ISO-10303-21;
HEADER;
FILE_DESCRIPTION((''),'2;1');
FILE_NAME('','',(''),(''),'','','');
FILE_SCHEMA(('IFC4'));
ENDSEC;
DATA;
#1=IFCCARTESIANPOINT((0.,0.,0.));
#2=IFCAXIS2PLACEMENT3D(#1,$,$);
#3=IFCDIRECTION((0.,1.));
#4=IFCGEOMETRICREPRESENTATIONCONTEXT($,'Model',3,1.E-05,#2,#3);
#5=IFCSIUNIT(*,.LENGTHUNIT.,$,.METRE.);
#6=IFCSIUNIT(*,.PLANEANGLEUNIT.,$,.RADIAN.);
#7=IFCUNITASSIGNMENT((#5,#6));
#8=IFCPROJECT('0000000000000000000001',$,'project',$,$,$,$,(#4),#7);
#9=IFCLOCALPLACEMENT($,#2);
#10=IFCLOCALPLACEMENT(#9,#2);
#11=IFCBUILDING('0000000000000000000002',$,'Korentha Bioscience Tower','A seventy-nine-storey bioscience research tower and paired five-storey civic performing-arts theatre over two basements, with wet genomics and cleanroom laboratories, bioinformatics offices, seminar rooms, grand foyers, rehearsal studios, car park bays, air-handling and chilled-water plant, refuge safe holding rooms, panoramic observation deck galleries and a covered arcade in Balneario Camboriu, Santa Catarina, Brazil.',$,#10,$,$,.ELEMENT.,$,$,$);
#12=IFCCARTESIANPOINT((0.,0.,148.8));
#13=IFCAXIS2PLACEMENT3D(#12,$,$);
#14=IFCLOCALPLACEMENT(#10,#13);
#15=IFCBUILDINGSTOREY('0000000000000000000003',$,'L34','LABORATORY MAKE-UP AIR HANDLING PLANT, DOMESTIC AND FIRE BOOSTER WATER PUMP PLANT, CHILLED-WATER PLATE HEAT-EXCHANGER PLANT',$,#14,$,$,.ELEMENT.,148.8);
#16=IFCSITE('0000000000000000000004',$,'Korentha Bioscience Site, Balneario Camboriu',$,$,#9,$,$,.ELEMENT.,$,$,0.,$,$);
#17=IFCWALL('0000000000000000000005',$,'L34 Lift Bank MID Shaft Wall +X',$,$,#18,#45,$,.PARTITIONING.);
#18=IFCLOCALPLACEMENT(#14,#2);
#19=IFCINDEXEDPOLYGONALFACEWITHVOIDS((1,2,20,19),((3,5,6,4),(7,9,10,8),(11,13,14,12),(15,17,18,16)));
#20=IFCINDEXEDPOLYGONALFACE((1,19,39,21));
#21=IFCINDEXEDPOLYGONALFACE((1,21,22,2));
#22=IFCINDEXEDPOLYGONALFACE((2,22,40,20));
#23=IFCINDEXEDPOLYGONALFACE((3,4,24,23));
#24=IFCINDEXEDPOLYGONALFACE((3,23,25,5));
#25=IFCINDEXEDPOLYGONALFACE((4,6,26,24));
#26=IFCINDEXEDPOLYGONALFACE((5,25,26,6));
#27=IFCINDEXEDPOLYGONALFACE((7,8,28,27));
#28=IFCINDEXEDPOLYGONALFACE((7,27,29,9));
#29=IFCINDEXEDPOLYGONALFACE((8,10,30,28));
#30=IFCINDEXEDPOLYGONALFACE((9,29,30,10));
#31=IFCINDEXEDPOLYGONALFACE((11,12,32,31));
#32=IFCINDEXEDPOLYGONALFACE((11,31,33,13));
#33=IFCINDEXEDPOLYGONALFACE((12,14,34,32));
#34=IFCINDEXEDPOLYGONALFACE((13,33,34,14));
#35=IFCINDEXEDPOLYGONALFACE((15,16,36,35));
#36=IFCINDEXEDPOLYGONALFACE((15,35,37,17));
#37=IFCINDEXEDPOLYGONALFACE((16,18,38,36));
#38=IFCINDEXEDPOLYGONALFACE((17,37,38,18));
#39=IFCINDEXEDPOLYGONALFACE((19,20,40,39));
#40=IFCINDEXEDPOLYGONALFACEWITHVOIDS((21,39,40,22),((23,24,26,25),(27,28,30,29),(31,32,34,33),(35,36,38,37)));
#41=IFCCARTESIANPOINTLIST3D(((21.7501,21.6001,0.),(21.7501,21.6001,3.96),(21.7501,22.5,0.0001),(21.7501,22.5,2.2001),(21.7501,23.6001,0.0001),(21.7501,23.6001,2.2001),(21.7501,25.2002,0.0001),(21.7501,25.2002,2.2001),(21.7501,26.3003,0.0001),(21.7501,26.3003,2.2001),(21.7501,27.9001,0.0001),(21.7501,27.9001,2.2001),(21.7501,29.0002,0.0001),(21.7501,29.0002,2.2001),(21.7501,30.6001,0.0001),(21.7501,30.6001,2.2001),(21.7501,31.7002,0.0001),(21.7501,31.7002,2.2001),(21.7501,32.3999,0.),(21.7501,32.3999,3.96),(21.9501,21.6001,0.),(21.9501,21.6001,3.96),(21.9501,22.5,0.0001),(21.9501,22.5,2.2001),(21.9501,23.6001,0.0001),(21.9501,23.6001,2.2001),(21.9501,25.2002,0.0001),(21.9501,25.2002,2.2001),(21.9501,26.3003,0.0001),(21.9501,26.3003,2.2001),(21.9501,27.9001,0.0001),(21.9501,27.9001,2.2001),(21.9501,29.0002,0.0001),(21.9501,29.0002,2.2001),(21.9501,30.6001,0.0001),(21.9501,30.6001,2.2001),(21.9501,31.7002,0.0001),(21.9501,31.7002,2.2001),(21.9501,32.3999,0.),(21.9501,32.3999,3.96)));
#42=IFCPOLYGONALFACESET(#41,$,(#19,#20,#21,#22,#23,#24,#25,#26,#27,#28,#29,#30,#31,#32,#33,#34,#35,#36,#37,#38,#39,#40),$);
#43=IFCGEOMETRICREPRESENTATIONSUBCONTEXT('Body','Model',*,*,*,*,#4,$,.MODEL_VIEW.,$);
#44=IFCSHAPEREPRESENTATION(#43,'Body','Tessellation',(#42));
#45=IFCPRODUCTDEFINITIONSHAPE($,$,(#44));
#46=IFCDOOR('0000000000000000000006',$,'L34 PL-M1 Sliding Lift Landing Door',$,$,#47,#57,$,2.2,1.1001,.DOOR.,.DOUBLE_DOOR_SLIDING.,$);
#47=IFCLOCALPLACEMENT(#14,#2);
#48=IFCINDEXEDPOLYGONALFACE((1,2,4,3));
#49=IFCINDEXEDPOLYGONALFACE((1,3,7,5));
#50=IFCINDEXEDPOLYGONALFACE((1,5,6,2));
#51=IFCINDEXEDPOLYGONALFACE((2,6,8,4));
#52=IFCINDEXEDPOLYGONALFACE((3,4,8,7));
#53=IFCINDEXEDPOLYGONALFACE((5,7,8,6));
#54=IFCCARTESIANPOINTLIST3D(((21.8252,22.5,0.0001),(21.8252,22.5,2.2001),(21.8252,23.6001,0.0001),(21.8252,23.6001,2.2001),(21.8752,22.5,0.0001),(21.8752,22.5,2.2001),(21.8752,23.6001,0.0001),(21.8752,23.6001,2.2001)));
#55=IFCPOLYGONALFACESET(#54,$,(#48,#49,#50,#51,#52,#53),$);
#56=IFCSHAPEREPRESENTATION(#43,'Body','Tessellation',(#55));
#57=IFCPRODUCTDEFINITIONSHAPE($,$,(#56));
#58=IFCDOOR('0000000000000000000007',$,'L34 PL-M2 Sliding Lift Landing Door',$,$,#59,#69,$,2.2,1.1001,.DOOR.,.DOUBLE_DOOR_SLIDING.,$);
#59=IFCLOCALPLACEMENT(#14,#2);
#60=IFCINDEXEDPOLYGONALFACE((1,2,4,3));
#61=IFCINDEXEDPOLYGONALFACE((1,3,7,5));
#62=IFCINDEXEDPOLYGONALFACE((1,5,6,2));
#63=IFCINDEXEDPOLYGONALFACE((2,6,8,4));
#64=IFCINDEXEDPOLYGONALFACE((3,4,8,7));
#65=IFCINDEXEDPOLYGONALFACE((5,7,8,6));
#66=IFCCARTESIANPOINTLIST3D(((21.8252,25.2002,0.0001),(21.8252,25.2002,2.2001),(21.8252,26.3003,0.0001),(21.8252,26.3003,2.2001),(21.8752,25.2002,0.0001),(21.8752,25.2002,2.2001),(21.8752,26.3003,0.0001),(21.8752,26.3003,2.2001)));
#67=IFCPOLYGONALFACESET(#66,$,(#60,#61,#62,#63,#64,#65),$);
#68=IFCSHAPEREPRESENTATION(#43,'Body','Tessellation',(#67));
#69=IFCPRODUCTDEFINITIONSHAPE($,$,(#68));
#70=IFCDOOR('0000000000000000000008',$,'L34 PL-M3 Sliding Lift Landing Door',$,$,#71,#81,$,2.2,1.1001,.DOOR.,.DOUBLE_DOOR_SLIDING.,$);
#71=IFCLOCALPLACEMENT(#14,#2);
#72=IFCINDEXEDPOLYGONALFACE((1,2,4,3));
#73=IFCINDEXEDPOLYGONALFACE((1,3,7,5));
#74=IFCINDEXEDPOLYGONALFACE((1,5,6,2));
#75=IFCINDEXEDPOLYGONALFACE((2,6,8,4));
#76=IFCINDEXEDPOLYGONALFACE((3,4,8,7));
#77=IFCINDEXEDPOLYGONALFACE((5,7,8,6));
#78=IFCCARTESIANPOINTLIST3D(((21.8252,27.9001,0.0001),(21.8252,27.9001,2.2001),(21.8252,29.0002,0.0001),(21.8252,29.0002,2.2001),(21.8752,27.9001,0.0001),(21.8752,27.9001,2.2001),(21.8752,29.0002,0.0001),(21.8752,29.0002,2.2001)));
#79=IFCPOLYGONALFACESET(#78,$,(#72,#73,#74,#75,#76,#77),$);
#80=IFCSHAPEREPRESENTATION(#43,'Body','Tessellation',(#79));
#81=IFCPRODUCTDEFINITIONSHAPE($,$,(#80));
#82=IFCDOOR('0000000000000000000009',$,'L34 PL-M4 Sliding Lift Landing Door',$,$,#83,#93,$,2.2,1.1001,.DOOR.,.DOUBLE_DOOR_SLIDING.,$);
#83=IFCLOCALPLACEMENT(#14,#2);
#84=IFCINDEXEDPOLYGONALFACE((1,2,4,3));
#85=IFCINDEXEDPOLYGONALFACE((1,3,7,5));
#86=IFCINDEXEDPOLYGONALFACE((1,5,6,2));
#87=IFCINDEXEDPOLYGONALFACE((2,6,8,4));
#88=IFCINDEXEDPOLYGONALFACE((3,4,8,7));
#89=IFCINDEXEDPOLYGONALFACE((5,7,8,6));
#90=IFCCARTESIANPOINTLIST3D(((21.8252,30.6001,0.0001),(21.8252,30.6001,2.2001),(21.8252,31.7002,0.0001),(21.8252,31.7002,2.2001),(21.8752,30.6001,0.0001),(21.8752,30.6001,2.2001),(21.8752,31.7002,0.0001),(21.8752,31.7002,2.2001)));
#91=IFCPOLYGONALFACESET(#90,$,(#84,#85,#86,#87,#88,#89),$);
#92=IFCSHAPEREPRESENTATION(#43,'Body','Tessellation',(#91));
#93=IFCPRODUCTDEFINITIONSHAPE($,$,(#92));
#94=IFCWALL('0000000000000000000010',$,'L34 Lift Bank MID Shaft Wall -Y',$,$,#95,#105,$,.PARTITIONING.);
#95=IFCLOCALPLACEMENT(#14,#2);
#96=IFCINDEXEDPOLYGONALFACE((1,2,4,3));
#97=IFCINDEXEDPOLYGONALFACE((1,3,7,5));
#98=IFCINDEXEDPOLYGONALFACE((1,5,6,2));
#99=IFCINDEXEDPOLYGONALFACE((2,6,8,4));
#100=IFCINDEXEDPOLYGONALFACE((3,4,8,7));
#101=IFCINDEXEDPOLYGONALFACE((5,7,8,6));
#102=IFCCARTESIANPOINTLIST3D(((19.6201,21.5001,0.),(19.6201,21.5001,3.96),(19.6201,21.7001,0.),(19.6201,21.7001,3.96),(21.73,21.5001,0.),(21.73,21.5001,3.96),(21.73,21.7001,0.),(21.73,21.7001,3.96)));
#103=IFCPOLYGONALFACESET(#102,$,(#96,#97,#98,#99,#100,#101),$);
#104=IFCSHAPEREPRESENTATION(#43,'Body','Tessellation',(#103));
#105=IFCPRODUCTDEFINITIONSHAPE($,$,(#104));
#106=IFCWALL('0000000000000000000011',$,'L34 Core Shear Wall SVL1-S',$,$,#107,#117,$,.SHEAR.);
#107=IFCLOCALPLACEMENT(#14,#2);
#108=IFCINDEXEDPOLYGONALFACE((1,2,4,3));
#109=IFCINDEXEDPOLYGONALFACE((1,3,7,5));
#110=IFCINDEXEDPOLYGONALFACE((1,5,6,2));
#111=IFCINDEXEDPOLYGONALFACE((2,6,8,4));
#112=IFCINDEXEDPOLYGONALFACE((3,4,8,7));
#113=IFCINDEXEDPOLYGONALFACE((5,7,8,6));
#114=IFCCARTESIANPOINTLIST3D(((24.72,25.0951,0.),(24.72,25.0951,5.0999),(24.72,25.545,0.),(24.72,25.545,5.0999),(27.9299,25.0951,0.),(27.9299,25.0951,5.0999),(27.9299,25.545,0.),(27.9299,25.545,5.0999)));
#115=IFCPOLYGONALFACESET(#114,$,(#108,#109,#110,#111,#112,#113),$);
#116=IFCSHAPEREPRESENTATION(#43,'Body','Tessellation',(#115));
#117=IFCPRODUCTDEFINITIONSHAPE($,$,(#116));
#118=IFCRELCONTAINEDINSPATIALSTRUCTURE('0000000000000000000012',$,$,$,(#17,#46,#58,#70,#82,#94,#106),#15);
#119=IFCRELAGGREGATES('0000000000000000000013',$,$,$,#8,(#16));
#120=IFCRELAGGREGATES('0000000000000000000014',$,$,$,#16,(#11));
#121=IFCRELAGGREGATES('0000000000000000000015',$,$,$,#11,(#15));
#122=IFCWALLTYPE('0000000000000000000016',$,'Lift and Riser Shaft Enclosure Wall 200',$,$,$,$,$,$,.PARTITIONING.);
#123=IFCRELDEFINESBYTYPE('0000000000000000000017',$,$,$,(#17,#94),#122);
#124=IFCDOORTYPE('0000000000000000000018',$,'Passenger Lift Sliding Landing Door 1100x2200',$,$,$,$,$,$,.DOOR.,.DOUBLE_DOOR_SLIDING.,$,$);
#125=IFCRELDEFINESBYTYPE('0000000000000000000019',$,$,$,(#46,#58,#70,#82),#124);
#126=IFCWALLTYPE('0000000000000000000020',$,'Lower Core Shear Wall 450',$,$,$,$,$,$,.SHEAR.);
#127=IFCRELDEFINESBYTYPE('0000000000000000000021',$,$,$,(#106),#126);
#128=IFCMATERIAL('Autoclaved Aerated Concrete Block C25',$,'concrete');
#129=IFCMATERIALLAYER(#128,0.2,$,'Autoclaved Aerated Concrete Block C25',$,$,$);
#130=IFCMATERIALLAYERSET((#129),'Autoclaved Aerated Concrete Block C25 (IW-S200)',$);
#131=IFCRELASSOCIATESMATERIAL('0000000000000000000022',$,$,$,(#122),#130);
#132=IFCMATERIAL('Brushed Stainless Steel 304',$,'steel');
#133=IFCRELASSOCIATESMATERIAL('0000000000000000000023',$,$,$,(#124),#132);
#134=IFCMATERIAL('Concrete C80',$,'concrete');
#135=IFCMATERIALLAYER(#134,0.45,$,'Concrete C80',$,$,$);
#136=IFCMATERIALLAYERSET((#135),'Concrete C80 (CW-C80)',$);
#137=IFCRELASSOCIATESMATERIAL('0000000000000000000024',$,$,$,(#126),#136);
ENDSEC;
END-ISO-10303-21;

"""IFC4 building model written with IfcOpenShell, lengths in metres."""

from ifc_helpers import new_model, si_unit, direction, frame, frame_2d, origin, place, context, subcontext, project, spatial, rectangle, extrude, material, layer, layer_set, type_object, element, fill, save


model = new_model("IFC4")

# Units and contexts
model_context = context("Model", 3, precision=1e-05, world=origin(), true_north=direction((0.0, 1.0)))
body_context = subcontext(model_context, "Body", "Model", "MODEL_VIEW")
ifc_project = project(units=[si_unit("LENGTHUNIT", "METRE"), si_unit("PLANEANGLEUNIT", "RADIAN")], contexts=[model_context])

# Site, building, storey
site_placement = place(None, origin())
site = spatial("IfcSite", under=ifc_project, at=site_placement, Name="Korentha Bioscience Site, Balneario Camboriu", CompositionType="ELEMENT", RefElevation=0.0)
building_placement = place(site_placement, origin())
building = spatial("IfcBuilding", under=site, at=building_placement, Name="Korentha Bioscience Tower", Description="A seventy-nine-storey bioscience research tower and paired five-storey civic performing-arts theatre over two basements, with wet genomics and cleanroom laboratories, bioinformatics offices, seminar rooms, grand foyers, rehearsal studios, car park bays, air-handling and chilled-water plant, refuge safe holding rooms, panoramic observation deck galleries and a covered arcade in Balneario Camboriu, Santa Catarina, Brazil.", CompositionType="ELEMENT")
storey_placement = place(building_placement, frame((0.0, 0.0, 148.8)))
storey = spatial("IfcBuildingStorey", under=building, at=storey_placement, Name="L34", Description="LABORATORY MAKE-UP AIR HANDLING PLANT, DOMESTIC AND FIRE BOOSTER WATER PUMP PLANT, CHILLED-WATER PLATE HEAT-EXCHANGER PLANT", CompositionType="ELEMENT", Elevation=148.8)

# Shared definitions
ifc_material_1 = material(Name="Autoclaved Aerated Concrete Block C25", Category="concrete")
ifc_layer_1 = layer(ifc_material_1, 0.2, Name="Autoclaved Aerated Concrete Block C25")
ifc_layer_set_1 = layer_set([ifc_layer_1], Name="Autoclaved Aerated Concrete Block C25 (IW-S200)")
wall_type_1 = type_object("IfcWallType", Name="Lift and Riser Shaft Enclosure Wall 200", PredefinedType="PARTITIONING", material=ifc_layer_set_1)

# Wall, openings, doors
wall_1_placement = place(storey_placement, frame((21.8501, 21.6001, 0.0), z_axis=(0.0, 0.0, 1.0), x_axis=(0.0, 1.0, 0.0)))
wall_1 = element("IfcWall", 1, at=wall_1_placement, inside=storey, type_object=wall_type_1, Name="L34 Lift Bank MID Shaft Wall +X", PredefinedType="PARTITIONING", context=body_context, shape_type="SweptSolid", body=[
    extrude(rectangle(XDim=10.7998, YDim=0.2, at=frame_2d((5.3999, 0.0))), origin(), (0.0, 0.0, 1.0), 3.96),
])
opening_1_placement = place(wall_1_placement, frame((0.8999, 0.0, 0.0)))
opening_1 = element("IfcOpeningElement", 2, at=opening_1_placement, cuts=wall_1, PredefinedType="OPENING", context=body_context, shape_type="SweptSolid", body=[
    extrude(rectangle(XDim=1.1001, YDim=2.2, at=frame_2d((0.55, 1.1001))), frame((0.0, 0.1147, 0.0), z_axis=(0.0, -1.0, 0.0), x_axis=(1.0, 0.0, 0.0)), (0.0, 0.0, 1.0), 0.2297),
])
opening_2_placement = place(wall_1_placement, frame((3.6001, 0.0, 0.0)))
opening_2 = element("IfcOpeningElement", 3, at=opening_2_placement, cuts=wall_1, PredefinedType="OPENING", context=body_context, shape_type="SweptSolid", body=[
    extrude(rectangle(XDim=1.1001, YDim=2.2, at=frame_2d((0.55, 1.1001))), frame((0.0, 0.1147, 0.0), z_axis=(0.0, -1.0, 0.0), x_axis=(1.0, 0.0, 0.0)), (0.0, 0.0, 1.0), 0.2297),
])
opening_3_placement = place(wall_1_placement, frame((6.3, 0.0, 0.0)))
opening_3 = element("IfcOpeningElement", 4, at=opening_3_placement, cuts=wall_1, PredefinedType="OPENING", context=body_context, shape_type="SweptSolid", body=[
    extrude(rectangle(XDim=1.1001, YDim=2.2, at=frame_2d((0.55, 1.1001))), frame((0.0, 0.1147, 0.0), z_axis=(0.0, -1.0, 0.0), x_axis=(1.0, 0.0, 0.0)), (0.0, 0.0, 1.0), 0.2297),
])
opening_4_placement = place(wall_1_placement, frame((9.0, 0.0, 0.0)))
opening_4 = element("IfcOpeningElement", 5, at=opening_4_placement, cuts=wall_1, PredefinedType="OPENING", context=body_context, shape_type="SweptSolid", body=[
    extrude(rectangle(XDim=1.1001, YDim=2.2, at=frame_2d((0.55, 1.1001))), frame((0.0, 0.1147, 0.0), z_axis=(0.0, -1.0, 0.0), x_axis=(1.0, 0.0, 0.0)), (0.0, 0.0, 1.0), 0.2297),
])
ifc_material_2 = material(Name="Brushed Stainless Steel 304", Category="steel")
door_type_1 = type_object("IfcDoorType", Name="Passenger Lift Sliding Landing Door 1100x2200", OperationType="DOUBLE_DOOR_SLIDING", PredefinedType="DOOR", material=ifc_material_2)
door_1_placement = place(opening_1_placement, origin())
door_1 = element("IfcDoor", 6, at=door_1_placement, inside=storey, type_object=door_type_1, Name="L34 PL-M1 Sliding Lift Landing Door", OperationType="DOUBLE_DOOR_SLIDING", OverallHeight=2.2, OverallWidth=1.1001, PredefinedType="DOOR", context=body_context, shape_type="SweptSolid", body=[
    extrude(rectangle(XDim=1.1001, YDim=2.2, at=frame_2d((0.55, 1.1001))), frame((0.0, 0.0249, 0.0), z_axis=(0.0, -1.0, 0.0), x_axis=(1.0, 0.0, 0.0)), (0.0, 0.0, 1.0), 0.05),
])
fill(opening_1, door_1)
door_2_placement = place(opening_2_placement, origin())
door_2 = element("IfcDoor", 7, at=door_2_placement, inside=storey, type_object=door_type_1, Name="L34 PL-M2 Sliding Lift Landing Door", OperationType="DOUBLE_DOOR_SLIDING", OverallHeight=2.2, OverallWidth=1.1001, PredefinedType="DOOR", context=body_context, shape_type="SweptSolid", body=[
    extrude(rectangle(XDim=1.1001, YDim=2.2, at=frame_2d((0.55, 1.1001))), frame((0.0, 0.0249, 0.0), z_axis=(0.0, -1.0, 0.0), x_axis=(1.0, 0.0, 0.0)), (0.0, 0.0, 1.0), 0.05),
])
fill(opening_2, door_2)
door_3_placement = place(opening_3_placement, origin())
door_3 = element("IfcDoor", 8, at=door_3_placement, inside=storey, type_object=door_type_1, Name="L34 PL-M3 Sliding Lift Landing Door", OperationType="DOUBLE_DOOR_SLIDING", OverallHeight=2.2, OverallWidth=1.1001, PredefinedType="DOOR", context=body_context, shape_type="SweptSolid", body=[
    extrude(rectangle(XDim=1.1001, YDim=2.2, at=frame_2d((0.55, 1.1001))), frame((0.0, 0.0249, 0.0), z_axis=(0.0, -1.0, 0.0), x_axis=(1.0, 0.0, 0.0)), (0.0, 0.0, 1.0), 0.05),
])
fill(opening_3, door_3)
door_4_placement = place(opening_4_placement, origin())
door_4 = element("IfcDoor", 9, at=door_4_placement, inside=storey, type_object=door_type_1, Name="L34 PL-M4 Sliding Lift Landing Door", OperationType="DOUBLE_DOOR_SLIDING", OverallHeight=2.2, OverallWidth=1.1001, PredefinedType="DOOR", context=body_context, shape_type="SweptSolid", body=[
    extrude(rectangle(XDim=1.1001, YDim=2.2, at=frame_2d((0.55, 1.1001))), frame((0.0, 0.0249, 0.0), z_axis=(0.0, -1.0, 0.0), x_axis=(1.0, 0.0, 0.0)), (0.0, 0.0, 1.0), 0.05),
])
fill(opening_4, door_4)

# Walls
wall_2_placement = place(storey_placement, frame((19.6201, 21.6001, 0.0), z_axis=(0.0, 0.0, 1.0), x_axis=(1.0, 0.0, 0.0)))
element("IfcWall", 10, at=wall_2_placement, inside=storey, type_object=wall_type_1, Name="L34 Lift Bank MID Shaft Wall -Y", PredefinedType="PARTITIONING", context=body_context, shape_type="SweptSolid", body=[
    extrude(rectangle(XDim=2.1099, YDim=0.2, at=frame_2d((1.0549, 0.0))), origin(), (0.0, 0.0, 1.0), 3.96),
])
ifc_material_3 = material(Name="Concrete C80", Category="concrete")
ifc_layer_2 = layer(ifc_material_3, 0.45, Name="Concrete C80")
ifc_layer_set_2 = layer_set([ifc_layer_2], Name="Concrete C80 (CW-C80)")
wall_type_2 = type_object("IfcWallType", Name="Lower Core Shear Wall 450", PredefinedType="SHEAR", material=ifc_layer_set_2)
wall_3_placement = place(storey_placement, frame((24.72, 25.3201, 0.0), z_axis=(0.0, 0.0, 1.0), x_axis=(1.0, 0.0, 0.0)))
element("IfcWall", 11, at=wall_3_placement, inside=storey, type_object=wall_type_2, Name="L34 Core Shear Wall SVL1-S", PredefinedType="SHEAR", context=body_context, shape_type="SweptSolid", body=[
    extrude(rectangle(XDim=3.21, YDim=0.45, at=frame_2d((1.605, 0.0))), origin(), (0.0, 0.0, 1.0), 5.0999),
])

save(model, "model.ifc")
